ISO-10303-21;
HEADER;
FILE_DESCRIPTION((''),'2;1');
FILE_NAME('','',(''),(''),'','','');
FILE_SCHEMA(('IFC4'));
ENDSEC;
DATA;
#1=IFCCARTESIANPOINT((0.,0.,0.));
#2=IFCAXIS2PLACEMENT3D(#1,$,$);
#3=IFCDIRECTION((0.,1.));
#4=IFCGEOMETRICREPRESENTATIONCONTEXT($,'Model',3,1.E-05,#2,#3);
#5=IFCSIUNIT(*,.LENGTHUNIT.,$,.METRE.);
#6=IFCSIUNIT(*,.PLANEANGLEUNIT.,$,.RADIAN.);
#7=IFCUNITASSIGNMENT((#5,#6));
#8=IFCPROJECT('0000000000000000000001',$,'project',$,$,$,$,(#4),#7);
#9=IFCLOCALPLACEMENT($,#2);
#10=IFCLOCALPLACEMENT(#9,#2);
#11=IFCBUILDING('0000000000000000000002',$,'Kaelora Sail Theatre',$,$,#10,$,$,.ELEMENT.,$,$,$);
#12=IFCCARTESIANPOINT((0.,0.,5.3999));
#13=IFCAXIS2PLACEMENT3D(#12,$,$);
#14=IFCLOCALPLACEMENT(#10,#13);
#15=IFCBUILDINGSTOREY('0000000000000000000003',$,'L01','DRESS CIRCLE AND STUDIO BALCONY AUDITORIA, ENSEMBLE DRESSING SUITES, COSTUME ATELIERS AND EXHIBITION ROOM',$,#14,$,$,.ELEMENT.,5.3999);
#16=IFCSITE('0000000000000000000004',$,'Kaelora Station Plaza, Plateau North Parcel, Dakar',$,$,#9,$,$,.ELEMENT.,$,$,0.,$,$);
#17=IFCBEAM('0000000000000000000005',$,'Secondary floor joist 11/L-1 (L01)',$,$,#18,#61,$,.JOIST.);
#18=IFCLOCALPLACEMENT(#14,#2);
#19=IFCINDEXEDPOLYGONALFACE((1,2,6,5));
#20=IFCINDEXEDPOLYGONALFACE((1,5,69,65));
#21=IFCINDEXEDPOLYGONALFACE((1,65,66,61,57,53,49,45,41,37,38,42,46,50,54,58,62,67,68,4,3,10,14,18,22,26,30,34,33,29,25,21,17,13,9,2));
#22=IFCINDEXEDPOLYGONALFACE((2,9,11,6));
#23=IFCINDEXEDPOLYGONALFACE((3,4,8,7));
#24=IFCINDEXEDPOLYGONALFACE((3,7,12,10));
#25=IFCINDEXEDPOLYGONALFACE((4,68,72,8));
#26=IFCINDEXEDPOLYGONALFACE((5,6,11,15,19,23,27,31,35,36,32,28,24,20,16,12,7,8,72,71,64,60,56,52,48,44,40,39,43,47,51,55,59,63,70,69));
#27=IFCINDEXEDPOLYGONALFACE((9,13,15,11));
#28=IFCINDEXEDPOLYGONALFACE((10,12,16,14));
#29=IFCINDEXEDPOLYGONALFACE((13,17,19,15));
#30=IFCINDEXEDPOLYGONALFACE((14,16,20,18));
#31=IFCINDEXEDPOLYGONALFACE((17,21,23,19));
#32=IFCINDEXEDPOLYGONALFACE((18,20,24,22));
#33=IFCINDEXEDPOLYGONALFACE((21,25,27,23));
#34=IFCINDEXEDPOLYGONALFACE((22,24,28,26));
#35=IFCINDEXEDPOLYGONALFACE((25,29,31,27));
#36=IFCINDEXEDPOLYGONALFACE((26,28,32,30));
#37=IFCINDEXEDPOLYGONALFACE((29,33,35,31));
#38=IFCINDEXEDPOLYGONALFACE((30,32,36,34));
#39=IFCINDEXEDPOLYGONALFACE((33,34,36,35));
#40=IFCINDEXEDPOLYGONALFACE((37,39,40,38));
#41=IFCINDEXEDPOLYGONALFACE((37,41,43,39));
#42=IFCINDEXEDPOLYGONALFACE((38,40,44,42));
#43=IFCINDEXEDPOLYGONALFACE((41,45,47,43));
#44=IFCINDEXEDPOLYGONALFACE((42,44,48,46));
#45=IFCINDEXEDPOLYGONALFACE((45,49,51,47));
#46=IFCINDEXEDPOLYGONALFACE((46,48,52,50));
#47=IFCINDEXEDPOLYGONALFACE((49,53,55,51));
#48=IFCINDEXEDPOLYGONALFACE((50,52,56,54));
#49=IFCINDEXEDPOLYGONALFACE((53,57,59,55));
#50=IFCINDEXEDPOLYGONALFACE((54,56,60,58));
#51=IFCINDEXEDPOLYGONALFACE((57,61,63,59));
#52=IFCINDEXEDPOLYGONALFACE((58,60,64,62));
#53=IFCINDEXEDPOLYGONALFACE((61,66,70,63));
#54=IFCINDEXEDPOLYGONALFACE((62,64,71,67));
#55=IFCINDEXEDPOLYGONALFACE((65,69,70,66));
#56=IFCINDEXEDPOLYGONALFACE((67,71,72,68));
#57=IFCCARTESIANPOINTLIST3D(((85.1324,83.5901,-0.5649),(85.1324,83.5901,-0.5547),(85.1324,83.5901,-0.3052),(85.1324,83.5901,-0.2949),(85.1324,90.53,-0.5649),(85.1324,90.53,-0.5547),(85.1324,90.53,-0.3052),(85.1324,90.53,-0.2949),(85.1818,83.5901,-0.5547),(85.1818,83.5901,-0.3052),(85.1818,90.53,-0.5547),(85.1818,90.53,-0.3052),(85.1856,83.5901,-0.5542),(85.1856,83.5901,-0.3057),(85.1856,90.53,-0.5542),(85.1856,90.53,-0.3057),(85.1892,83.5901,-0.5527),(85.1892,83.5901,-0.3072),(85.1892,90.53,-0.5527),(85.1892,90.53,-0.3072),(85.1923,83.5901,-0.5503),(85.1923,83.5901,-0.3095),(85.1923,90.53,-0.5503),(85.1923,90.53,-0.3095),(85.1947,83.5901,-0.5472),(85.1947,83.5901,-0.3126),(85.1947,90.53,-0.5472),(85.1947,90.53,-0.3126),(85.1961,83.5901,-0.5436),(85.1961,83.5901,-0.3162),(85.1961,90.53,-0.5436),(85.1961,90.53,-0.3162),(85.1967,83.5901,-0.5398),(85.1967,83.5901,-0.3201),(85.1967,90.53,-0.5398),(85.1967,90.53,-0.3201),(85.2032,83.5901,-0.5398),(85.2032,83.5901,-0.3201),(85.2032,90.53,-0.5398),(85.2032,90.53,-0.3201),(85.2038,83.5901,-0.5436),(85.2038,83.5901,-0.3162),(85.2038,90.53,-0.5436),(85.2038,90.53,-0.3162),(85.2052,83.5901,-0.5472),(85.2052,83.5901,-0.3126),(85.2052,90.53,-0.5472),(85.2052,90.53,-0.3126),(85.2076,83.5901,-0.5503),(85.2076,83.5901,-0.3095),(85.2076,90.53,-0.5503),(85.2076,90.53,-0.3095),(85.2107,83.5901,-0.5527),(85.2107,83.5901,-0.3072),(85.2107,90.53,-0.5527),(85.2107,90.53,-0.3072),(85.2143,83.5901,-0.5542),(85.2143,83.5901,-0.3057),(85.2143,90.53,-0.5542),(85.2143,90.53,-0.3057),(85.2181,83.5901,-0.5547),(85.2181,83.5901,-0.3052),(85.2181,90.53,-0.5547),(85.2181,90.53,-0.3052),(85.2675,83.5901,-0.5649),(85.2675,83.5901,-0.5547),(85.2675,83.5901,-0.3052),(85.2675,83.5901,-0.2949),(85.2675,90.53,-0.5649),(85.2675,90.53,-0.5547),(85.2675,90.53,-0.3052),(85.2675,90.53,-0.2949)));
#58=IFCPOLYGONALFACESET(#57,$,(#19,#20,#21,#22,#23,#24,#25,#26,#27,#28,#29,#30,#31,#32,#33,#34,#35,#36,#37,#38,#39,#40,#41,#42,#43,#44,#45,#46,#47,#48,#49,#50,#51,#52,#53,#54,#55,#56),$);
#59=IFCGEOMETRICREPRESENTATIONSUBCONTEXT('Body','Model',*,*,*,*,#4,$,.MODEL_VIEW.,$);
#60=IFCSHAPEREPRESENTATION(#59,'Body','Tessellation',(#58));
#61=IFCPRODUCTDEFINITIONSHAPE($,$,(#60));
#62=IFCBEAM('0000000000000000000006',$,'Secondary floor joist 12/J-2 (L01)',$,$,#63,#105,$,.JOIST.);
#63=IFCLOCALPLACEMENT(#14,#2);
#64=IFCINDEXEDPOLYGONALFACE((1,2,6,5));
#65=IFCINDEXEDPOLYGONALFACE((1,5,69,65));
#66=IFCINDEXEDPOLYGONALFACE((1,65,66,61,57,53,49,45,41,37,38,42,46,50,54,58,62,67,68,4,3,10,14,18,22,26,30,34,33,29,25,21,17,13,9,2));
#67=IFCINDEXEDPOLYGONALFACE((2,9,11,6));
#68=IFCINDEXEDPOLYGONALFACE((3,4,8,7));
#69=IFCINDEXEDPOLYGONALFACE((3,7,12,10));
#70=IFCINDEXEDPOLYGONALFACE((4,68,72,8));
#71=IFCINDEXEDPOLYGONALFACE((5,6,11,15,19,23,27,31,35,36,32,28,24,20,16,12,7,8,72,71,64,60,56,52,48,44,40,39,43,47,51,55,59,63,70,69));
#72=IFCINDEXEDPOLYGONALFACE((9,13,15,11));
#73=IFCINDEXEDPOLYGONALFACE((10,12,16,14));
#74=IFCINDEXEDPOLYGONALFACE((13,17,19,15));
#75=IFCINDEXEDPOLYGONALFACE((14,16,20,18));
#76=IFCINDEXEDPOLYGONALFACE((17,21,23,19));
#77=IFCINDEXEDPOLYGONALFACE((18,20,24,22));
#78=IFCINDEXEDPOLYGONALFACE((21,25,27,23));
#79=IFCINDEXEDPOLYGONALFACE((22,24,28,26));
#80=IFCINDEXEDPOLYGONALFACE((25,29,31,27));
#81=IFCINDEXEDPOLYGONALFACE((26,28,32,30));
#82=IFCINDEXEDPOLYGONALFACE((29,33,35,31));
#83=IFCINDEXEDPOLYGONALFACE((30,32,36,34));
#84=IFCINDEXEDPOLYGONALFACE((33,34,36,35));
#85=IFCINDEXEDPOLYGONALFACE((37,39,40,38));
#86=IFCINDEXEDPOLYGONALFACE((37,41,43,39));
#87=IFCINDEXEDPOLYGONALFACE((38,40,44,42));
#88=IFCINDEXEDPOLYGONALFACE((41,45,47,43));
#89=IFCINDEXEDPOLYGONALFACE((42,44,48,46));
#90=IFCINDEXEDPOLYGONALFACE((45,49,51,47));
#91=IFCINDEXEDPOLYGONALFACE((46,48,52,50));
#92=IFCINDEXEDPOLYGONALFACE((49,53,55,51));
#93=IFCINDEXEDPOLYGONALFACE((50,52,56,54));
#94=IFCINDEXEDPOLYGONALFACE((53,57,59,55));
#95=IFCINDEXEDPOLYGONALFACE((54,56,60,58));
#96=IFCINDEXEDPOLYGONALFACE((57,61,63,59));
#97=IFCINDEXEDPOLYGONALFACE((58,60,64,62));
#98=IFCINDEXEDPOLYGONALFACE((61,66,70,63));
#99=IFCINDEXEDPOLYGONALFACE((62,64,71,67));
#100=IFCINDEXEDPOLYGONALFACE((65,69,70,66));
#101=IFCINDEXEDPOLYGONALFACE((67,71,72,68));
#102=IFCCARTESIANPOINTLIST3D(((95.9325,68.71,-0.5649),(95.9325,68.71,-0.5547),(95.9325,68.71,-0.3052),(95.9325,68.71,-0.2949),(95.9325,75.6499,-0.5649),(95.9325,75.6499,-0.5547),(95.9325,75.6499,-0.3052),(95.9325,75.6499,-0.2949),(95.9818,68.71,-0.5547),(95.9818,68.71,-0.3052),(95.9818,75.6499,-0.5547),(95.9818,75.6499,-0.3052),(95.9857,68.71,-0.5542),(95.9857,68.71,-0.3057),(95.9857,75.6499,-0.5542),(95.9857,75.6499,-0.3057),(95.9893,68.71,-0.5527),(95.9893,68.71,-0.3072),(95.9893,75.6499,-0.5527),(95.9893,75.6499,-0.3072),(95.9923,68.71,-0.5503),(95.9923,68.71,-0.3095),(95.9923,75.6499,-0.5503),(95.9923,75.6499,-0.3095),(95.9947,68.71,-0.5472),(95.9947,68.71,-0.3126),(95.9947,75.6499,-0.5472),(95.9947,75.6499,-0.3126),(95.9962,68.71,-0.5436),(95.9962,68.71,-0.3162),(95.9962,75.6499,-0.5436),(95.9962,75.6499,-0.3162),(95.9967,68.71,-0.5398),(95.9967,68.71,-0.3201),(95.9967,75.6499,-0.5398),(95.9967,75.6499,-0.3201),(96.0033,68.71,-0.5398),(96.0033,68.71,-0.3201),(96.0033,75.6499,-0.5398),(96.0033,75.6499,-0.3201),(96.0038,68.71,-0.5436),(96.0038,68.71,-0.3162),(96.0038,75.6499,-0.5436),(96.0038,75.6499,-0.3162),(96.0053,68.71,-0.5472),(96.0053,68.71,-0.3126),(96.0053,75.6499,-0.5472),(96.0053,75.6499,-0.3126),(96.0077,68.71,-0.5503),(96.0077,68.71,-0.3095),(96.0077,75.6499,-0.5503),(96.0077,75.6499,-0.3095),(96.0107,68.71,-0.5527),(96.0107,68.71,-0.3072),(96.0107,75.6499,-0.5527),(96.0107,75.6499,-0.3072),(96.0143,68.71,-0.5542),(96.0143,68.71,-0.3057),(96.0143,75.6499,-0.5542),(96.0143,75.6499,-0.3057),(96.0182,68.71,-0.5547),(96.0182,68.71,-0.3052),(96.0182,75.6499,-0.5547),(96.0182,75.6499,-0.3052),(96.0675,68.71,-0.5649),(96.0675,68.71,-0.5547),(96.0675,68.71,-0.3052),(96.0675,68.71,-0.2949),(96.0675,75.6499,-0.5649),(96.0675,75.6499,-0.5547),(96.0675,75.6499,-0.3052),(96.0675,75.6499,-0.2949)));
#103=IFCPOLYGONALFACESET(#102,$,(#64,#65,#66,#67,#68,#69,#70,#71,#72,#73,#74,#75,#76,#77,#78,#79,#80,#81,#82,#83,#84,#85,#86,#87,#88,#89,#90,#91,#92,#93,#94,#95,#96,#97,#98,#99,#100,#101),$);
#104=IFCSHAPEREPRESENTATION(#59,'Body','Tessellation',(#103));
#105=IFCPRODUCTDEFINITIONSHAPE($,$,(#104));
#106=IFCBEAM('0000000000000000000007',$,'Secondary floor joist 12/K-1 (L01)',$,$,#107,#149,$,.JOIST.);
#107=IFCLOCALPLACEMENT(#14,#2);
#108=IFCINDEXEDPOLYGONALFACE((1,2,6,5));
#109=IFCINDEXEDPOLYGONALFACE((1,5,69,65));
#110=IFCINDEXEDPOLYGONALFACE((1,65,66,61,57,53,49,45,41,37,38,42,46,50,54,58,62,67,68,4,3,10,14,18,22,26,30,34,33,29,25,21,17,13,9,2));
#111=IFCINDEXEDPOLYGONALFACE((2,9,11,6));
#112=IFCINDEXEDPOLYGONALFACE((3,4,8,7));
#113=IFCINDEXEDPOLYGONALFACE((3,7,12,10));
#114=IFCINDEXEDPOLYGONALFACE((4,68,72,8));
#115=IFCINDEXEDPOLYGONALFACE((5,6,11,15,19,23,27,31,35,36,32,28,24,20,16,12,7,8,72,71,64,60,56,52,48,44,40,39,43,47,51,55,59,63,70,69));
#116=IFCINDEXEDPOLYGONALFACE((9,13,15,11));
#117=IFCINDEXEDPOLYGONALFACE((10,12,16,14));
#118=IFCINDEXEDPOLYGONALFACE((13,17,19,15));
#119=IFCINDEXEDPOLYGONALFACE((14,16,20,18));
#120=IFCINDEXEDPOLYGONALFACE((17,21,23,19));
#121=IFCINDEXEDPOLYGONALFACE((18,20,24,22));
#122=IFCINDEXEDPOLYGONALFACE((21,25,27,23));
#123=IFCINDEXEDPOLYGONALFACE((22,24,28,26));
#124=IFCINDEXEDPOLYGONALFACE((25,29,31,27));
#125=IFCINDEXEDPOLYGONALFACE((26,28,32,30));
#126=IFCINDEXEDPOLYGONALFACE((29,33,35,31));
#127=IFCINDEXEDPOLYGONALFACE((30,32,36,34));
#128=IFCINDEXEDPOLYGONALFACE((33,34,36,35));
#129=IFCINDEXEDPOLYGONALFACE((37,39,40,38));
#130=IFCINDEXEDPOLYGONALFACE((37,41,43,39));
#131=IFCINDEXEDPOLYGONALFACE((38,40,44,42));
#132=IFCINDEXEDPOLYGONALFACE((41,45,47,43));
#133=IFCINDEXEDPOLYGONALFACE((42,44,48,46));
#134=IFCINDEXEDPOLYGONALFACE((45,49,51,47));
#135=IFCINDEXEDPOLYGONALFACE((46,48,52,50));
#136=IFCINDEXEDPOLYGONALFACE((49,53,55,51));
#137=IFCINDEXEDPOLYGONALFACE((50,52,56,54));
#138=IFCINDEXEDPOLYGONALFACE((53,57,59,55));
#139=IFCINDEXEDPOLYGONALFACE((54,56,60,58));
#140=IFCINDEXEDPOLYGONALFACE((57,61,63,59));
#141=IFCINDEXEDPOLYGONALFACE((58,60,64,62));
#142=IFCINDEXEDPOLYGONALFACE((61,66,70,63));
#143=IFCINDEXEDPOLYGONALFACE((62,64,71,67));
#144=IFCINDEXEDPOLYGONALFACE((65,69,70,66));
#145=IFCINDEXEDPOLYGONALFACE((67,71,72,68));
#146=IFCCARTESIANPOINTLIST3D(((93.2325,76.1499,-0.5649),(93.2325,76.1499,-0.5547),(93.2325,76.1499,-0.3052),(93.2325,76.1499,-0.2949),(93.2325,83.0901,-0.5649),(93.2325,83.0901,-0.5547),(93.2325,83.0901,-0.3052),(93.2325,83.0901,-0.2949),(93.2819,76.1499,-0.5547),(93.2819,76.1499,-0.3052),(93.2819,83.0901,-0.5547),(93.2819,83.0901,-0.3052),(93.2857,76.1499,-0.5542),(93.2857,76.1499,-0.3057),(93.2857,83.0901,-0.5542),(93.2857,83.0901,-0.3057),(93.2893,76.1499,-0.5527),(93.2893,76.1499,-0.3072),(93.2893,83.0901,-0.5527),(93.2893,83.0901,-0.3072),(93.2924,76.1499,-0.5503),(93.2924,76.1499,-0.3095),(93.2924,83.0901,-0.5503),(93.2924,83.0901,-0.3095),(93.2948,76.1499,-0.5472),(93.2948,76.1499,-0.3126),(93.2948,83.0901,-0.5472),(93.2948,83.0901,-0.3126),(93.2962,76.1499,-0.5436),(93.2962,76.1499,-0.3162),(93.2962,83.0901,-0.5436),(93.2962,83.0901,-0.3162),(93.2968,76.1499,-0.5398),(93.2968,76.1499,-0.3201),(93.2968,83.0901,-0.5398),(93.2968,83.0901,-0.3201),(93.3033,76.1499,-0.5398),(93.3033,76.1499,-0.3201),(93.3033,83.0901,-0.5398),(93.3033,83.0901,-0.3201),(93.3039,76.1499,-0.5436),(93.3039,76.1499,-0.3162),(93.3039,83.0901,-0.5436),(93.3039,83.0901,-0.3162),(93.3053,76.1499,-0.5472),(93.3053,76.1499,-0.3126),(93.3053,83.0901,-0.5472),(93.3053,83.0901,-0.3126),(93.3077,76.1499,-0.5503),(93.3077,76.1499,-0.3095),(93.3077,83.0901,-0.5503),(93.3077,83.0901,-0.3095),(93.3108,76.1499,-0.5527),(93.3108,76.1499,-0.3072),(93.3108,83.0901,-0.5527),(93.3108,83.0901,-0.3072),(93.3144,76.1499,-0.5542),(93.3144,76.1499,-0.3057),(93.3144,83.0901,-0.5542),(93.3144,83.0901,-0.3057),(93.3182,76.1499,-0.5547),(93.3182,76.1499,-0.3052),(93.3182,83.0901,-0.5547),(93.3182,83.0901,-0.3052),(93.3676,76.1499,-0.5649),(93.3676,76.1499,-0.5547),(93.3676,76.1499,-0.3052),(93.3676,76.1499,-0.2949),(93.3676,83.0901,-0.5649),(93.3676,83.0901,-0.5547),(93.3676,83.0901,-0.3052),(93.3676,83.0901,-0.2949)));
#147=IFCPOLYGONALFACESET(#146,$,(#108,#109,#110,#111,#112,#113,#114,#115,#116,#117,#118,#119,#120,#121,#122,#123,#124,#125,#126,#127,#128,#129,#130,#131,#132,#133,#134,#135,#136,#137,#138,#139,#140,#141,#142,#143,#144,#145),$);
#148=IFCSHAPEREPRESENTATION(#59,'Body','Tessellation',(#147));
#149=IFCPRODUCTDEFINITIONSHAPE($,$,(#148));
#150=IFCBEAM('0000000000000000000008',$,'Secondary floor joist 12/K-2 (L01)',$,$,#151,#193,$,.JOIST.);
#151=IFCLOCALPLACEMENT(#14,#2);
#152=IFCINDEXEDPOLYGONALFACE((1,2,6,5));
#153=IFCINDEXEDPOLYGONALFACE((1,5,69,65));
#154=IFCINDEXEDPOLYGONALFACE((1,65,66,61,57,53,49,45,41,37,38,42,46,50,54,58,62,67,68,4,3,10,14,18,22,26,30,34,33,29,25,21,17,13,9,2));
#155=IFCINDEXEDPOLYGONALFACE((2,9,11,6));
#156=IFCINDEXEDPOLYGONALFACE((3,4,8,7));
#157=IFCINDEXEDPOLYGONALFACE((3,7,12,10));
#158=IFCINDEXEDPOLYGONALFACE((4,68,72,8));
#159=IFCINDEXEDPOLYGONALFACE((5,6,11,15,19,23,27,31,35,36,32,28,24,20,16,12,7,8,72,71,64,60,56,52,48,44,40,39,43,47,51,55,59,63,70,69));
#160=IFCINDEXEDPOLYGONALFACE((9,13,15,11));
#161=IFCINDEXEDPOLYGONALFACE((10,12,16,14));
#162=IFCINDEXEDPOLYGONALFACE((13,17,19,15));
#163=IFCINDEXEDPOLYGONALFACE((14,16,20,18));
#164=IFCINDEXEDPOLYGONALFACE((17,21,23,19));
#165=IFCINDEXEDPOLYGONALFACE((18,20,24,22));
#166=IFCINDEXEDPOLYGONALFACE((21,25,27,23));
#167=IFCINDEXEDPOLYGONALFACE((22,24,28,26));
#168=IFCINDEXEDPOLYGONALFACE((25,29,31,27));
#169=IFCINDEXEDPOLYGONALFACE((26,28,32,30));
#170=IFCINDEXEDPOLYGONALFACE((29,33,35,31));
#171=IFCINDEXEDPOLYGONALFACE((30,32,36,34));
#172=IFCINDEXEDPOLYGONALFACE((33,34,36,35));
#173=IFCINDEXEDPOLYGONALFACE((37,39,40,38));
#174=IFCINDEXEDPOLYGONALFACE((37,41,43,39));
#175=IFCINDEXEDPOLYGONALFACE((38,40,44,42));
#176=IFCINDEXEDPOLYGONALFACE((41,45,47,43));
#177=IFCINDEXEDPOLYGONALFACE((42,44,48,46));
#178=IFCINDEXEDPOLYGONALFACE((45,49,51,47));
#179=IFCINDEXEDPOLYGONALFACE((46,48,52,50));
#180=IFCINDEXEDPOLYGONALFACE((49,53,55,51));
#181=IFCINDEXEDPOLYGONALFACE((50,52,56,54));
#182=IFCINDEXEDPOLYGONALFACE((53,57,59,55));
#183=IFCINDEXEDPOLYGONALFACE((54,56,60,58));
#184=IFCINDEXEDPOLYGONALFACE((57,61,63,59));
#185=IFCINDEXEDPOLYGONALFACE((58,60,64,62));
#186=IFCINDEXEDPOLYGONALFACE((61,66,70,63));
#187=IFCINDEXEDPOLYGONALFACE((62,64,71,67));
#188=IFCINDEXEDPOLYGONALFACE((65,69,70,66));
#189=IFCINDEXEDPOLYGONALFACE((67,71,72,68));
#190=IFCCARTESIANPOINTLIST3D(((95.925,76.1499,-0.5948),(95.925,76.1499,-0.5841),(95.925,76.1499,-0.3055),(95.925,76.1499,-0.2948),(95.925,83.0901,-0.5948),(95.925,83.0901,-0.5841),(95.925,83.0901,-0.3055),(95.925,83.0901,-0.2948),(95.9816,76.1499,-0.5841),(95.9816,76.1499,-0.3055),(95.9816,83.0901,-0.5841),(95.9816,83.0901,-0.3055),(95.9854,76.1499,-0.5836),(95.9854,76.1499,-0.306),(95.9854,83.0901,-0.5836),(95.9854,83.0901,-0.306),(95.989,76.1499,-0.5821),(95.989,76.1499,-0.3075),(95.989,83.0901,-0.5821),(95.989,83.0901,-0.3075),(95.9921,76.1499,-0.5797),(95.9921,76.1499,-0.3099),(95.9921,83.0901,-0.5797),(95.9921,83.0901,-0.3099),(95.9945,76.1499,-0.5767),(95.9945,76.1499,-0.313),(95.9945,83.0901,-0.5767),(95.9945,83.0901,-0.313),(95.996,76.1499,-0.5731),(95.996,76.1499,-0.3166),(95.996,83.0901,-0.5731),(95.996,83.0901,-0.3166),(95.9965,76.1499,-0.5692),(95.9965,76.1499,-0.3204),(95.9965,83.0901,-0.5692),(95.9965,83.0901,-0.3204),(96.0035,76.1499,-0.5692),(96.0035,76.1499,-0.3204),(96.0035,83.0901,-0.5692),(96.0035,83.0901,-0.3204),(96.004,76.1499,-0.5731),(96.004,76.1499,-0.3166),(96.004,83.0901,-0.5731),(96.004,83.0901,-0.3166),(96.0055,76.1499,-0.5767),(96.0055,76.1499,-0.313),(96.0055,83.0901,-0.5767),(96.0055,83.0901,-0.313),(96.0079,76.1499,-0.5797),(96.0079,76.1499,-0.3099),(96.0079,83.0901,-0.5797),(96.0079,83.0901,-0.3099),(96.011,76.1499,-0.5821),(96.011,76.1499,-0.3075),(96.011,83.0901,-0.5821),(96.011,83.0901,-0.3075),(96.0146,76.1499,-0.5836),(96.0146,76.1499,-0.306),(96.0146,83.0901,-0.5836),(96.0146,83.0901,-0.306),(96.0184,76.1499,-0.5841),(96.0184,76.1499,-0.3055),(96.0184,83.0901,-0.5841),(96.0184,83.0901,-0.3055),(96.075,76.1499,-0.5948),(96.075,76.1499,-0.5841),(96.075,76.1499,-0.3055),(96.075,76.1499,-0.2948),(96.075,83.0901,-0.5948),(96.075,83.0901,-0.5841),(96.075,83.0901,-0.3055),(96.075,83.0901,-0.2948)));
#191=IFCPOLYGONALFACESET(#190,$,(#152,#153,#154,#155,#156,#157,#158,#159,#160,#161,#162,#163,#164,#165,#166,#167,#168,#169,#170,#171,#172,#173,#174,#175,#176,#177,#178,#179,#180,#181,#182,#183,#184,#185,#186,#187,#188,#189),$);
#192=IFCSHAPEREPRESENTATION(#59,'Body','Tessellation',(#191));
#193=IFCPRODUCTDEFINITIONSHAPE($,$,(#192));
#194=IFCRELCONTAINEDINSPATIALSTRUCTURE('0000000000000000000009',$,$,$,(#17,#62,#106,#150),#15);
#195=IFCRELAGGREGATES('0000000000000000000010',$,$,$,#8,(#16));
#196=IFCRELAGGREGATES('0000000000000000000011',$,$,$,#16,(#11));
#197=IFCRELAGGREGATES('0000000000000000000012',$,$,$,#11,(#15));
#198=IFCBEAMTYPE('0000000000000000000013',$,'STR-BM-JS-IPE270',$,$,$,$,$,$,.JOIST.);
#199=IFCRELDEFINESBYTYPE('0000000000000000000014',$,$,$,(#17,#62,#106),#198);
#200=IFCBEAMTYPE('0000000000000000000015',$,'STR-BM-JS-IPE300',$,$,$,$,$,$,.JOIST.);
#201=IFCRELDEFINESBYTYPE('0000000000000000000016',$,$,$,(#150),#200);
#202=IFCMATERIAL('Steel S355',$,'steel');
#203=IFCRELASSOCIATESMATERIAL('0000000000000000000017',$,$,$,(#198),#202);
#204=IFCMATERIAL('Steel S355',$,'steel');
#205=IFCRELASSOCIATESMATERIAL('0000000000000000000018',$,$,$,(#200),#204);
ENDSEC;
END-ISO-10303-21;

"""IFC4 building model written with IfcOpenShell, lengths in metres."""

from ifc_helpers import new_model, si_unit, direction, frame, origin, origin_2d, place, context, subcontext, project, spatial, i_section, extrude, material, material_profile, profile_set, type_object, element, save


model = new_model("IFC4")

# Units and contexts
model_context = context("Model", 3, precision=1e-05, world=origin(), true_north=direction((0.0, 1.0)))
body_context = subcontext(model_context, "Body", "Model", "MODEL_VIEW")
ifc_project = project(units=[si_unit("LENGTHUNIT", "METRE"), si_unit("PLANEANGLEUNIT", "RADIAN")], contexts=[model_context])

# Site, building, storey
site_placement = place(None, origin())
site = spatial("IfcSite", under=ifc_project, at=site_placement, Name="Kaelora Station Plaza, Plateau North Parcel, Dakar", CompositionType="ELEMENT", RefElevation=0.0)
building_placement = place(site_placement, origin())
building = spatial("IfcBuilding", under=site, at=building_placement, Name="Kaelora Sail Theatre", CompositionType="ELEMENT")
storey_placement = place(building_placement, frame((0.0, 0.0, 5.3999)))
storey = spatial("IfcBuildingStorey", under=building, at=storey_placement, Name="L01", Description="DRESS CIRCLE AND STUDIO BALCONY AUDITORIA, ENSEMBLE DRESSING SUITES, COSTUME ATELIERS AND EXHIBITION ROOM", CompositionType="ELEMENT", Elevation=5.3999)

# Beams
ifc_material_1 = material(Name="Steel S355", Category="steel")
ifc_material_profile_1 = material_profile(ifc_material_1, i_section(OverallWidth=0.135, OverallDepth=0.27, WebThickness=0.0066, FlangeThickness=0.0103, FilletRadius=0.0149, at=origin_2d()), Name="IPE 270")
ifc_profile_set_1 = profile_set([ifc_material_profile_1], Name="Steel S355")
beam_type_1 = type_object("IfcBeamType", Name="STR-BM-JS-IPE270", PredefinedType="JOIST", material=ifc_profile_set_1)
for number, where, z_axis, x_axis, name in (
    (1, (85.2, 83.5901, -0.4299), (0.0, 1.0, 0.0), (-1.0, 0.0, 0.0), "Secondary floor joist 11/L-1 (L01)"),
    (2, (96.0, 68.71, -0.4299), (0.0, 1.0, 0.0), (-1.0, 0.0, 0.0), "Secondary floor joist 12/J-2 (L01)"),
):
    element("IfcBeam", number, at=place(storey_placement, frame(where, z_axis=z_axis, x_axis=x_axis)), inside=storey, type_object=beam_type_1, Name=name, PredefinedType="JOIST", context=body_context, shape_type="SweptSolid", body=[
        extrude(i_section(OverallWidth=0.135, OverallDepth=0.27, WebThickness=0.0066, FlangeThickness=0.0103, FilletRadius=0.0149, at=origin_2d()), origin(), (0.0, 0.0, 1.0), 6.9399),
    ])
beam_1_placement = place(storey_placement, frame((93.3, 76.1499, -0.4299), z_axis=(0.0, 1.0, 0.0), x_axis=(-1.0, 0.0, 0.0)))
element("IfcBeam", 3, at=beam_1_placement, inside=storey, type_object=beam_type_1, Name="Secondary floor joist 12/K-1 (L01)", PredefinedType="JOIST", context=body_context, shape_type="SweptSolid", body=[
    extrude(i_section(OverallWidth=0.135, OverallDepth=0.27, WebThickness=0.0066, FlangeThickness=0.0103, FilletRadius=0.0149, at=origin_2d()), origin(), (0.0, 0.0, 1.0), 6.9402),
])
ifc_material_2 = material(Name="Steel S355", Category="steel")
ifc_material_profile_2 = material_profile(ifc_material_2, i_section(OverallWidth=0.1499, OverallDepth=0.3, WebThickness=0.0071, FlangeThickness=0.0107, FilletRadius=0.0149, at=origin_2d()), Name="IPE 300")
ifc_profile_set_2 = profile_set([ifc_material_profile_2], Name="Steel S355")
beam_type_2 = type_object("IfcBeamType", Name="STR-BM-JS-IPE300", PredefinedType="JOIST", material=ifc_profile_set_2)
beam_2_placement = place(storey_placement, frame((96.0, 76.1499, -0.4448), z_axis=(0.0, 1.0, 0.0), x_axis=(-1.0, 0.0, 0.0)))
element("IfcBeam", 4, at=beam_2_placement, inside=storey, type_object=beam_type_2, Name="Secondary floor joist 12/K-2 (L01)", PredefinedType="JOIST", context=body_context, shape_type="SweptSolid", body=[
    extrude(i_section(OverallWidth=0.1499, OverallDepth=0.3, WebThickness=0.0071, FlangeThickness=0.0107, FilletRadius=0.0149, at=origin_2d()), origin(), (0.0, 0.0, 1.0), 6.9402),
])

save(model, "model.ifc")
